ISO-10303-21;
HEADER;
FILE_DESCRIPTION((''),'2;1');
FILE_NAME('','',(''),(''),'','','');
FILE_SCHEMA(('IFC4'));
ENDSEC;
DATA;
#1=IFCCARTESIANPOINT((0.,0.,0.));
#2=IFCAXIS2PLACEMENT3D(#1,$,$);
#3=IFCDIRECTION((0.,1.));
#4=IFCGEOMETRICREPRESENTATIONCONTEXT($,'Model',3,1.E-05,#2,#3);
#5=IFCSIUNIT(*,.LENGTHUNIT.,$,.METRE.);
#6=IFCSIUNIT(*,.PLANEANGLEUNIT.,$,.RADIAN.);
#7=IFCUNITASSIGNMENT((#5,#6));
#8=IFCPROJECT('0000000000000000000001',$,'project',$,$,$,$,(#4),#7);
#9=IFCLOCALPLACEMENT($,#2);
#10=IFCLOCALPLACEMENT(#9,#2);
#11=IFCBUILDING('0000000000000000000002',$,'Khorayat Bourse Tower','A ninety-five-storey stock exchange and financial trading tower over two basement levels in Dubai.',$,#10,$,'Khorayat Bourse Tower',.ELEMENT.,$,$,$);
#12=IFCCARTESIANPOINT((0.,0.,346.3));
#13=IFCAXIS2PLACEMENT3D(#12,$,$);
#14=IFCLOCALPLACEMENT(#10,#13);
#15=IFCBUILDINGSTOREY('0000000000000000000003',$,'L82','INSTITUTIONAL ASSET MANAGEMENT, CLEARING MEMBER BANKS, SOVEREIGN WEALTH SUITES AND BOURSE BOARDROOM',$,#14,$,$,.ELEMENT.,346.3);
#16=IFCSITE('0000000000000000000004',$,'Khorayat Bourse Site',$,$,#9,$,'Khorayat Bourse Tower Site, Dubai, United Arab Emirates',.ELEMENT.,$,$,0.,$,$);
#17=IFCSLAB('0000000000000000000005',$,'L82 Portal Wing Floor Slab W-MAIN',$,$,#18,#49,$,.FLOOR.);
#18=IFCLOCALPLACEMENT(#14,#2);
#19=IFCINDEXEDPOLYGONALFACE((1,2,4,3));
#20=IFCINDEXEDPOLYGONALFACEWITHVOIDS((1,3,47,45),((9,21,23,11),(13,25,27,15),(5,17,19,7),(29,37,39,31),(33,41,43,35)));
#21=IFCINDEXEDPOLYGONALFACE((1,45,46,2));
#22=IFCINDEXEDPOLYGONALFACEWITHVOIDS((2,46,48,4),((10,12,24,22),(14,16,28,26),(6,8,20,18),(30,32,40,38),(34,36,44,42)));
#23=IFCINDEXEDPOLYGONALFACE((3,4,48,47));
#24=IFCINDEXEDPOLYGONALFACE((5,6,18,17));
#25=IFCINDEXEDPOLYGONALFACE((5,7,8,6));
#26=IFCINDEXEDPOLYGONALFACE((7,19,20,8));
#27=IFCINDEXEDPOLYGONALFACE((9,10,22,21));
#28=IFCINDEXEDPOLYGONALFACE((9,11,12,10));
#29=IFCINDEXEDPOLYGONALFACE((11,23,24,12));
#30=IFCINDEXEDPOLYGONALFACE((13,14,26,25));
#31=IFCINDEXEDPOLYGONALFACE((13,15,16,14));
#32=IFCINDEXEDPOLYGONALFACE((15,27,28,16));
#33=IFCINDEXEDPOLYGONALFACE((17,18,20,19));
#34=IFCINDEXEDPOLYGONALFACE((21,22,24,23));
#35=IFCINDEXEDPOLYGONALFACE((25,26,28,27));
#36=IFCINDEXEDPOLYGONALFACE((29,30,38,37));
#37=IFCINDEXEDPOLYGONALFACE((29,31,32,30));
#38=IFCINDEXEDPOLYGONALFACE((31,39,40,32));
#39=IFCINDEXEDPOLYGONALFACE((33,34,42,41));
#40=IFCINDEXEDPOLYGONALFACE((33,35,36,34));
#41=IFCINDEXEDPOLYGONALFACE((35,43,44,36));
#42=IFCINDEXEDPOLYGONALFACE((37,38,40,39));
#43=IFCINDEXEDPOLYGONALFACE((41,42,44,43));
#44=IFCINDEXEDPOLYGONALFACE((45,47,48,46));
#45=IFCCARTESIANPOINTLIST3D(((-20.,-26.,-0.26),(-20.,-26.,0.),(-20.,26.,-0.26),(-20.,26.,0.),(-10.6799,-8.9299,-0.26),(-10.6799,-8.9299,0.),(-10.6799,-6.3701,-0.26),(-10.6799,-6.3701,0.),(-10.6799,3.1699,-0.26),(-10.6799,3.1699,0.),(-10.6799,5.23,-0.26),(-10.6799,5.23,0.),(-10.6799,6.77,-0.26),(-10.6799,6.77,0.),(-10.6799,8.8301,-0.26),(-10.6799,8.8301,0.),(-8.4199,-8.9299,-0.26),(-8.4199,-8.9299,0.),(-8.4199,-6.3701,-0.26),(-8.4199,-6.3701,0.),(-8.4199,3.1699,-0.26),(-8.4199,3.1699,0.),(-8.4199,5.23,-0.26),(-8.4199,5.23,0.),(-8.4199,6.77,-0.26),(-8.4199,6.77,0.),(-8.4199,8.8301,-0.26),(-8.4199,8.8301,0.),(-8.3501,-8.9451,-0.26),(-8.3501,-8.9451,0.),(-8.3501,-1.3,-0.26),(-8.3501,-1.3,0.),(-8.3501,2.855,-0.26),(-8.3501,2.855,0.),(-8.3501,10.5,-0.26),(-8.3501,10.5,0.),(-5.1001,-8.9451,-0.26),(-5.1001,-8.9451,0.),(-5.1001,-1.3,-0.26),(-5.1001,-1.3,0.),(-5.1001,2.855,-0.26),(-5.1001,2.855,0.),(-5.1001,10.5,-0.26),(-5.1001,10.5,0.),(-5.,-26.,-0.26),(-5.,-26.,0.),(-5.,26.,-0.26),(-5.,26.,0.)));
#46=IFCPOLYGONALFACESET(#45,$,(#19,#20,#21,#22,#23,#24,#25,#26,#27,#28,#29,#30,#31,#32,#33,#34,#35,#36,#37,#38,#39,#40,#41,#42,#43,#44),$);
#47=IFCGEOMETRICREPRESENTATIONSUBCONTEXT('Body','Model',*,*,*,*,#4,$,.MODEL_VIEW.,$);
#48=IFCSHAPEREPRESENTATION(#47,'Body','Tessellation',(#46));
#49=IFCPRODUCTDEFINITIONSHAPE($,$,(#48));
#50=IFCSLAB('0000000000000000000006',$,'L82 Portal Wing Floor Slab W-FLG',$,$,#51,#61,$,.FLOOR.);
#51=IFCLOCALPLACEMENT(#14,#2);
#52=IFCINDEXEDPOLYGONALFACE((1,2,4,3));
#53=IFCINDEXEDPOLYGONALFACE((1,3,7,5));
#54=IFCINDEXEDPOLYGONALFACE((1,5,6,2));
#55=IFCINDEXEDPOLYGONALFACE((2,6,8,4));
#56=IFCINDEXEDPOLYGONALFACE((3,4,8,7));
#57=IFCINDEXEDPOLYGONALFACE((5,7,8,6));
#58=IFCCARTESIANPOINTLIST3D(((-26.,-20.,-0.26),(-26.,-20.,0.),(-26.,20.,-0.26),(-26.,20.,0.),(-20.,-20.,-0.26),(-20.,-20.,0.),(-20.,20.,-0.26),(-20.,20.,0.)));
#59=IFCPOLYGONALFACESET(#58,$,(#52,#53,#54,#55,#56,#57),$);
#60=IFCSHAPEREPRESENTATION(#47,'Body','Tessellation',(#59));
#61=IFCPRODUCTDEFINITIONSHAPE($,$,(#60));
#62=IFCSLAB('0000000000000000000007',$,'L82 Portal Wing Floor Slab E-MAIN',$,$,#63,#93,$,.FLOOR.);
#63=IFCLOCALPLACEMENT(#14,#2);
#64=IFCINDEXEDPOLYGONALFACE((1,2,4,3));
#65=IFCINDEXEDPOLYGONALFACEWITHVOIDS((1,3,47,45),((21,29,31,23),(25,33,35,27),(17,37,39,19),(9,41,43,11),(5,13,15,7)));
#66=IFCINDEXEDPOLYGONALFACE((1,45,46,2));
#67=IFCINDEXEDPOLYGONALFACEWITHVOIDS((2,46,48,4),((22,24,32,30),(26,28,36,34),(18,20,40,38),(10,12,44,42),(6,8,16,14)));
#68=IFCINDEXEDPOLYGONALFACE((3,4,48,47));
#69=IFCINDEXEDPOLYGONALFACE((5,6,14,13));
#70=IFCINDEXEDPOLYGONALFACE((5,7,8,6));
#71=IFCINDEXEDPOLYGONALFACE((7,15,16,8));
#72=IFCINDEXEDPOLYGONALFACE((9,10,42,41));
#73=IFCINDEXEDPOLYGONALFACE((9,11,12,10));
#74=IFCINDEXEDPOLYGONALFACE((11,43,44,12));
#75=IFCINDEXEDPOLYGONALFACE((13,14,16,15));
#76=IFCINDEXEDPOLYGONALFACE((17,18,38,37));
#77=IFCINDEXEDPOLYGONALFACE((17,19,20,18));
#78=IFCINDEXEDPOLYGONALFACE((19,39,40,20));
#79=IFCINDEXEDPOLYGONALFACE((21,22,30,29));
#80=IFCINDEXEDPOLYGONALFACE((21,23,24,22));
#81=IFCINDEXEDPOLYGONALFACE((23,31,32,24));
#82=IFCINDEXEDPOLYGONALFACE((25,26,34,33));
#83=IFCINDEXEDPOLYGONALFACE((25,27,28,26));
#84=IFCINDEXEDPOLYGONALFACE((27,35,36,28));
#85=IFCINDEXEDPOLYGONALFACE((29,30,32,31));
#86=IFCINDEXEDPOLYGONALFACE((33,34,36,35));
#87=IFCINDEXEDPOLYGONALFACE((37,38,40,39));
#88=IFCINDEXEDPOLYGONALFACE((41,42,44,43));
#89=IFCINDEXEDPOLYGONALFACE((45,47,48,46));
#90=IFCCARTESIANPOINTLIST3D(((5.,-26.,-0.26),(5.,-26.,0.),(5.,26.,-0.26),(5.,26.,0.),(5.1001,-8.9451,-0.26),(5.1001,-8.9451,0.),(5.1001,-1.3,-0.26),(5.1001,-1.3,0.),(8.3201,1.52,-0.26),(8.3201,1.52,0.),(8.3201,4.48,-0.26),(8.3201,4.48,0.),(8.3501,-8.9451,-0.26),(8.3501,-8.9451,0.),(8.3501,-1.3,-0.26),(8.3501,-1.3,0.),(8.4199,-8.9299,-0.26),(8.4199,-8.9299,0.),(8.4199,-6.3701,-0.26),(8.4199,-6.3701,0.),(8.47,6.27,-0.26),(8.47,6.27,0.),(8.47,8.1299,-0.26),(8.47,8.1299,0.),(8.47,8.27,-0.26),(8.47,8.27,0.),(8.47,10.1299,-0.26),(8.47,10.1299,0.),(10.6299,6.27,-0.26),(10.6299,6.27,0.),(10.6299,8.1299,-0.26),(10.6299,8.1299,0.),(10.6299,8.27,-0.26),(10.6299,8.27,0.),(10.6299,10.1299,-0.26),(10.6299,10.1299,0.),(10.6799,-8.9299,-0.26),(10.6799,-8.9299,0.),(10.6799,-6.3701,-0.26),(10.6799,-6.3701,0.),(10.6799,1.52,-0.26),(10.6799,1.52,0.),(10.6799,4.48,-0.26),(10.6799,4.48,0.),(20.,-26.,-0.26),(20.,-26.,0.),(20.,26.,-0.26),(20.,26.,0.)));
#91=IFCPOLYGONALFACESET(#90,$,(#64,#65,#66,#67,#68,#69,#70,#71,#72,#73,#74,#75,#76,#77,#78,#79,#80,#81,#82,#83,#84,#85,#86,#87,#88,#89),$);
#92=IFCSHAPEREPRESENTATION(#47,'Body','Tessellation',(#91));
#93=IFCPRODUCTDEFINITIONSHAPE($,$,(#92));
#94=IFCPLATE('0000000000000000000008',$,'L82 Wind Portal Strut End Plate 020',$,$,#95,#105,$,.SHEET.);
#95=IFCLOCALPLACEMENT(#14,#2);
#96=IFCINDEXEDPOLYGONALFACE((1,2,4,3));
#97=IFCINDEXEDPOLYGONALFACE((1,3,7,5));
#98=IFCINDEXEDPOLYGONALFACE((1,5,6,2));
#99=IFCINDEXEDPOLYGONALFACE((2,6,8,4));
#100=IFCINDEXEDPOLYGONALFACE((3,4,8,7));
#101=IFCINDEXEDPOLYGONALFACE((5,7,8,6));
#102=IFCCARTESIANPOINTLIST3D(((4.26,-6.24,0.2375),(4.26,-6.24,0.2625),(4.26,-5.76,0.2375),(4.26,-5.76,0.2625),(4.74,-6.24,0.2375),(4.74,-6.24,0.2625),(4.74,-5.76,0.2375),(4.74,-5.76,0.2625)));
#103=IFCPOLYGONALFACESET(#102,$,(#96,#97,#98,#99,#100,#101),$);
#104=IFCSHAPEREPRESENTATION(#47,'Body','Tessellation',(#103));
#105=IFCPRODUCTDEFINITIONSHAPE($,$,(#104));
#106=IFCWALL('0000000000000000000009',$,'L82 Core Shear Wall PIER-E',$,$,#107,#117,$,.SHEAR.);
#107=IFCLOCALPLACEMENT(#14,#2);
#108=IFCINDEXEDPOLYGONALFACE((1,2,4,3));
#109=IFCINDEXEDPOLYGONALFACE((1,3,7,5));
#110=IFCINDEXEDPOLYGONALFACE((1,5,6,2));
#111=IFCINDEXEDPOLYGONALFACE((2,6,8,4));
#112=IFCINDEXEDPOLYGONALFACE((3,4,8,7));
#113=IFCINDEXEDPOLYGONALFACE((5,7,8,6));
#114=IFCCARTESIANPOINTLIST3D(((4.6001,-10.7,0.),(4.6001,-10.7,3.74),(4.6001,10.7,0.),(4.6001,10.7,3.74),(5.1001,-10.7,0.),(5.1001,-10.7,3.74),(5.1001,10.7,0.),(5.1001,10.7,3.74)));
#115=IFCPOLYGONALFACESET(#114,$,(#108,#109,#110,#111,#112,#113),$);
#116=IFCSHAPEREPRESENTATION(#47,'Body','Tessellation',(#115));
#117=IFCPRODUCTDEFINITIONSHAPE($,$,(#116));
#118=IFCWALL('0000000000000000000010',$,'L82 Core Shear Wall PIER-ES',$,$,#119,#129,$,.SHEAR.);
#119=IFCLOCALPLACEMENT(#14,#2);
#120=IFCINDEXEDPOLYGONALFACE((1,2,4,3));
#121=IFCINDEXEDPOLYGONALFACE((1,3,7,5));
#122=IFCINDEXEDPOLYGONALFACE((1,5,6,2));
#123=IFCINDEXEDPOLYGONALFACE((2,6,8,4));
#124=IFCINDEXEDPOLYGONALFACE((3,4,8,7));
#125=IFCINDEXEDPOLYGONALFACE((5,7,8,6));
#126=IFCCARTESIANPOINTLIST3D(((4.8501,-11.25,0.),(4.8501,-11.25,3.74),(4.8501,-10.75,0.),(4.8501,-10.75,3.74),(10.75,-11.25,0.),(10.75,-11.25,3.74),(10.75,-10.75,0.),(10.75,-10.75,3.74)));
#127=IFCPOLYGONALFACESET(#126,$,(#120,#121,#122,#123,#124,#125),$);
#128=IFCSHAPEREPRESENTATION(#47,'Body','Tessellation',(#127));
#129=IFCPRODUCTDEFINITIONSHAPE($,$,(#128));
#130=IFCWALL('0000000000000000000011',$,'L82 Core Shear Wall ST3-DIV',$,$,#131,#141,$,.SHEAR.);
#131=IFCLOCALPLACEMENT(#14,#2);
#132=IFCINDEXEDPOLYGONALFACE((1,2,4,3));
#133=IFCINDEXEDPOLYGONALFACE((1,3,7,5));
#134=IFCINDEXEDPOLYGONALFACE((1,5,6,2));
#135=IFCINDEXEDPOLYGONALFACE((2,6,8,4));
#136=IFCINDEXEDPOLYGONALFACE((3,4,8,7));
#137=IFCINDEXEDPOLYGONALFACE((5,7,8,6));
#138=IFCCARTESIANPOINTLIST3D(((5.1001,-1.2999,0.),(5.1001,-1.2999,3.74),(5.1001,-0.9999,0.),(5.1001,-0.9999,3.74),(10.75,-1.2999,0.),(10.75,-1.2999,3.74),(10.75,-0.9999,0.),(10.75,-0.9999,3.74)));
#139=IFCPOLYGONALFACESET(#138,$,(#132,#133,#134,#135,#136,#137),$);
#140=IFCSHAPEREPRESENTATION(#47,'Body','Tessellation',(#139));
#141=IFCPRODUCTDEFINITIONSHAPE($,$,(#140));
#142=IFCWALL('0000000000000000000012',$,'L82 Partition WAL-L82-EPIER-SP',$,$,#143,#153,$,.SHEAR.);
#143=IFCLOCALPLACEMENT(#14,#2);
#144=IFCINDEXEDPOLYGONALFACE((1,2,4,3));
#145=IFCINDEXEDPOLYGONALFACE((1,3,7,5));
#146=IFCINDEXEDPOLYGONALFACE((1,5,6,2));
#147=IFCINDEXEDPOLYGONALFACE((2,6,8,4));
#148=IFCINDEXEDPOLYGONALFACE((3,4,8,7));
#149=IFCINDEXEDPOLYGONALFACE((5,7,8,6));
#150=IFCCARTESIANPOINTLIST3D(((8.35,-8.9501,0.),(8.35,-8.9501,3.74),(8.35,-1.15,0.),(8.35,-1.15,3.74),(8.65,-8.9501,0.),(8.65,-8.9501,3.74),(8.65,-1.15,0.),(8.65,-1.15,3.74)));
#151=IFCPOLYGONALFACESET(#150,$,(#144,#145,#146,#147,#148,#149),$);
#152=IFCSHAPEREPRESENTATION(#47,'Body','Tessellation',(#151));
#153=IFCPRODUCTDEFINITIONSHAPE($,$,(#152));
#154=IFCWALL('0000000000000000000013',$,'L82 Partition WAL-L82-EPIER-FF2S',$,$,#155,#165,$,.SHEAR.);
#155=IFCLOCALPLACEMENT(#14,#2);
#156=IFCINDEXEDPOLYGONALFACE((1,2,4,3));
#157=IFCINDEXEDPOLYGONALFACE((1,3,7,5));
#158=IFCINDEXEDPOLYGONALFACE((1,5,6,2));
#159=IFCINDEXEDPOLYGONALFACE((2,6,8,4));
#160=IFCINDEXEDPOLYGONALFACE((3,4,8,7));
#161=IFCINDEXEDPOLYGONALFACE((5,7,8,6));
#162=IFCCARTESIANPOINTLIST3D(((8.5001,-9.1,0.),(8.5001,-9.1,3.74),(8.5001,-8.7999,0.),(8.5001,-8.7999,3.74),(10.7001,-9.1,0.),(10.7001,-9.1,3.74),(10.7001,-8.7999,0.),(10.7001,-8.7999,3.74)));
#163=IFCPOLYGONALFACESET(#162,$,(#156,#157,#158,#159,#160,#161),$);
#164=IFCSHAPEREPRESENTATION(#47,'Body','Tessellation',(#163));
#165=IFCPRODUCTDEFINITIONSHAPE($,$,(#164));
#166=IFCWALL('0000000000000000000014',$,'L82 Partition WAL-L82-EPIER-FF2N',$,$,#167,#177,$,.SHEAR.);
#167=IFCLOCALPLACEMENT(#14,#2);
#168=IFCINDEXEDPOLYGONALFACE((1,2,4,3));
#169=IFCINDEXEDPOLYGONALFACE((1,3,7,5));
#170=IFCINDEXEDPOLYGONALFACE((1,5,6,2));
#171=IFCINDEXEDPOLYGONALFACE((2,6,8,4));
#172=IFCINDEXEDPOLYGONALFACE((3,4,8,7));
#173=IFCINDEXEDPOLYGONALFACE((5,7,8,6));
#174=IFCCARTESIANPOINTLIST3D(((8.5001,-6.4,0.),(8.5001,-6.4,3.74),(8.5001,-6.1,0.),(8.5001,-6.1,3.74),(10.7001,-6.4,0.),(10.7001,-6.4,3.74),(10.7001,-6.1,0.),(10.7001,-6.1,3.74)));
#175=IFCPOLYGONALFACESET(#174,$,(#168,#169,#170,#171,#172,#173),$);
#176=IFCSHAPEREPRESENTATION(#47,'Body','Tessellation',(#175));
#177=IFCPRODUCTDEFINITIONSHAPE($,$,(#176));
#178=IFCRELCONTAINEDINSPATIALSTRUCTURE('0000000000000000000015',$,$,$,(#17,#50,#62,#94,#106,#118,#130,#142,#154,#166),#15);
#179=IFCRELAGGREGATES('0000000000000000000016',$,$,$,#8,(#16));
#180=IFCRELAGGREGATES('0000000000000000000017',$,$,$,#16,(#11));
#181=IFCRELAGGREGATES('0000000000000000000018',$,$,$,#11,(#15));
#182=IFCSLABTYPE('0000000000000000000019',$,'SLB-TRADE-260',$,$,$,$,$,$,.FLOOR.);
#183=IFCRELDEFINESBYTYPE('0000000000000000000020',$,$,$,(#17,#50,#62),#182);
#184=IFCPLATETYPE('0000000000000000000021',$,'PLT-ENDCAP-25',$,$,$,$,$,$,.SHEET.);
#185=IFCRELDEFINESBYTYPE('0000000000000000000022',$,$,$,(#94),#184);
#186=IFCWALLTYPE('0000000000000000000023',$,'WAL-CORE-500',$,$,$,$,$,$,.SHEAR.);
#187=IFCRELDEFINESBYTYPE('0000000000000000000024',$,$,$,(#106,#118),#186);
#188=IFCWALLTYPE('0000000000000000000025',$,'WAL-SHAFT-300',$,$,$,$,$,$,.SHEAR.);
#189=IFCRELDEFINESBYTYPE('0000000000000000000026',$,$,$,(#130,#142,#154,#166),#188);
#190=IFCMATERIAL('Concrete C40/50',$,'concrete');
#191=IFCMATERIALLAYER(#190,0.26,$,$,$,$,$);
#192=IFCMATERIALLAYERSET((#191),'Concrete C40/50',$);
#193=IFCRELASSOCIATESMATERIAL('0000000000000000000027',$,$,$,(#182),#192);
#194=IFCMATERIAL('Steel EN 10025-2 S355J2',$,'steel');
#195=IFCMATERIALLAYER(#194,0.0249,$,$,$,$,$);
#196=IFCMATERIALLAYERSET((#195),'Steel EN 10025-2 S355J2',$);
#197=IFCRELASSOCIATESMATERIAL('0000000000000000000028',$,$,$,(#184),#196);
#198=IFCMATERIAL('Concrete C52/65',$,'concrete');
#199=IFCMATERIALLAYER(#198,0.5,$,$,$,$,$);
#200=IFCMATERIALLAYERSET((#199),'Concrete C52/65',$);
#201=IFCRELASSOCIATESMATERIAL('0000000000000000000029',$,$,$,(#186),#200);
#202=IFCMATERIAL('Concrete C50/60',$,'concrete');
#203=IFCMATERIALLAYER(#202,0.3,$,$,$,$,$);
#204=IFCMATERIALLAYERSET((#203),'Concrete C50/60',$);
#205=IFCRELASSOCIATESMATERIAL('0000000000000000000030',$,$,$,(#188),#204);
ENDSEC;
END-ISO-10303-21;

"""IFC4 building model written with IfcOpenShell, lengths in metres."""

from ifc_helpers import new_model, si_unit, direction, frame, frame_2d, origin, origin_2d, place, context, subcontext, project, spatial, polyline, rectangle, outline, extrude, source, transform, mapped, material, layer, layer_set, type_object, element, save


model = new_model("IFC4")

# Units and contexts
model_context = context("Model", 3, precision=1e-05, world=origin(), true_north=direction((0.0, 1.0)))
body_context = subcontext(model_context, "Body", "Model", "MODEL_VIEW")
ifc_project = project(units=[si_unit("LENGTHUNIT", "METRE"), si_unit("PLANEANGLEUNIT", "RADIAN")], contexts=[model_context])

# Site, building, storey
site_placement = place(None, origin())
site = spatial("IfcSite", under=ifc_project, at=site_placement, Name="Khorayat Bourse Site", LongName="Khorayat Bourse Tower Site, Dubai, United Arab Emirates", CompositionType="ELEMENT", RefElevation=0.0)
building_placement = place(site_placement, origin())
building = spatial("IfcBuilding", under=site, at=building_placement, Name="Khorayat Bourse Tower", Description="A ninety-five-storey stock exchange and financial trading tower over two basement levels in Dubai.", LongName="Khorayat Bourse Tower", CompositionType="ELEMENT")
storey_placement = place(building_placement, frame((0.0, 0.0, 346.3)))
storey = spatial("IfcBuildingStorey", under=building, at=storey_placement, Name="L82", Description="INSTITUTIONAL ASSET MANAGEMENT, CLEARING MEMBER BANKS, SOVEREIGN WEALTH SUITES AND BOURSE BOARDROOM", CompositionType="ELEMENT", Elevation=346.3)

# Shared definitions
ifc_material_1 = material(Name="Concrete C52/65", Category="concrete")

# Shared definitions
ifc_material_2 = material(Name="Steel EN 10025-2 S355J2", Category="steel")

# Slabs
ifc_material_3 = material(Name="Concrete C40/50", Category="concrete")
ifc_layer_1 = layer(ifc_material_3, 0.26)
ifc_layer_set_1 = layer_set([ifc_layer_1], Name="Concrete C40/50")
slab_type = type_object("IfcSlabType", Name="SLB-TRADE-260", PredefinedType="FLOOR", material=ifc_layer_set_1)
slab_1_placement = place(storey_placement, frame((0.0, 0.0, -0.26)))
element("IfcSlab", 1, at=slab_1_placement, inside=storey, type_object=slab_type, Name="L82 Portal Wing Floor Slab W-MAIN", PredefinedType="FLOOR", context=body_context, shape_type="SweptSolid", body=[
    extrude(outline(polyline([(-20.0, -26.0), (-5.0, -26.0), (-5.0, 26.0), (-20.0, 26.0), (-20.0, -26.0)]), holes=[polyline([(-8.3501, -8.9451), (-5.1001, -8.9451), (-5.1001, -1.3), (-8.3501, -1.3), (-8.3501, -8.9451)]), polyline([(-8.3501, 2.855), (-5.1001, 2.855), (-5.1001, 10.5), (-8.3501, 10.5), (-8.3501, 2.855)]), polyline([(-10.6799, 3.1699), (-8.4199, 3.1699), (-8.4199, 5.23), (-10.6799, 5.23), (-10.6799, 3.1699)]), polyline([(-10.6799, 6.77), (-8.4199, 6.77), (-8.4199, 8.8301), (-10.6799, 8.8301), (-10.6799, 6.77)]), polyline([(-10.6799, -8.9299), (-8.4199, -8.9299), (-8.4199, -6.3701), (-10.6799, -6.3701), (-10.6799, -8.9299)])]), origin(), (0.0, 0.0, 1.0), 0.26),
])
slab_2_placement = place(storey_placement, frame((0.0, 0.0, -0.26)))
element("IfcSlab", 2, at=slab_2_placement, inside=storey, type_object=slab_type, Name="L82 Portal Wing Floor Slab W-FLG", PredefinedType="FLOOR", context=body_context, shape_type="SweptSolid", body=[
    extrude(outline(polyline([(-26.0, -20.0), (-20.0, -20.0), (-20.0, 20.0), (-26.0, 20.0), (-26.0, -20.0)])), origin(), (0.0, 0.0, 1.0), 0.26),
])
slab_3_placement = place(storey_placement, frame((0.0, 0.0, -0.26)))
element("IfcSlab", 3, at=slab_3_placement, inside=storey, type_object=slab_type, Name="L82 Portal Wing Floor Slab E-MAIN", PredefinedType="FLOOR", context=body_context, shape_type="SweptSolid", body=[
    extrude(outline(polyline([(5.0, -26.0), (20.0, -26.0), (20.0, 26.0), (5.0, 26.0), (5.0, -26.0)]), holes=[polyline([(5.1001, -8.9451), (8.3501, -8.9451), (8.3501, -1.3), (5.1001, -1.3), (5.1001, -8.9451)]), polyline([(8.47, 6.27), (10.6299, 6.27), (10.6299, 8.1299), (8.47, 8.1299), (8.47, 6.27)]), polyline([(8.47, 8.27), (10.6299, 8.27), (10.6299, 10.1299), (8.47, 10.1299), (8.47, 8.27)]), polyline([(8.4199, -8.9299), (10.6799, -8.9299), (10.6799, -6.3701), (8.4199, -6.3701), (8.4199, -8.9299)]), polyline([(8.3201, 1.52), (10.6799, 1.52), (10.6799, 4.48), (8.3201, 4.48), (8.3201, 1.52)])]), origin(), (0.0, 0.0, 1.0), 0.26),
])

# Plate
ifc_layer_2 = layer(ifc_material_2, 0.0249)
ifc_layer_set_2 = layer_set([ifc_layer_2], Name="Steel EN 10025-2 S355J2")
plate_type = type_object("IfcPlateType", Name="PLT-ENDCAP-25", PredefinedType="SHEET", material=ifc_layer_set_2)
shared_shape_1 = source(origin(), body_context, "Body", "SweptSolid", [
    extrude(rectangle(XDim=0.48, YDim=0.48, at=origin_2d()), origin(), (0.0, 0.0, 1.0), 0.0249),
])
plate_placement = place(storey_placement, frame((4.5, -6.0, 0.2375), z_axis=(0.0, 0.0, 1.0), x_axis=(1.0, 0.0, 0.0)))
element("IfcPlate", 4, at=plate_placement, inside=storey, type_object=plate_type, Name="L82 Wind Portal Strut End Plate 020", PredefinedType="SHEET", context=body_context, shape_type="MappedRepresentation", body=[
    mapped(shared_shape_1, transform((0.0, 0.0, 0.0), scale=1.0)),
])

# Walls
ifc_layer_3 = layer(ifc_material_1, 0.5)
ifc_layer_set_3 = layer_set([ifc_layer_3], Name="Concrete C52/65")
wall_type_1 = type_object("IfcWallType", Name="WAL-CORE-500", PredefinedType="SHEAR", material=ifc_layer_set_3)
shared_shape_2 = source(origin(), body_context, "Body", "SweptSolid", [
    extrude(rectangle(XDim=21.3999, YDim=0.5, at=frame_2d((10.7, 0.0))), origin(), (0.0, 0.0, 1.0), 3.74),
])
wall_1_placement = place(storey_placement, frame((4.8501, -10.7, 0.0), z_axis=(0.0, 0.0, 1.0), x_axis=(0.0, 1.0, 0.0)))
element("IfcWall", 5, at=wall_1_placement, inside=storey, type_object=wall_type_1, Name="L82 Core Shear Wall PIER-E", PredefinedType="SHEAR", context=body_context, shape_type="MappedRepresentation", body=[
    mapped(shared_shape_2, transform((0.0, 0.0, 0.0), scale=1.0)),
])
shared_shape_3 = source(origin(), body_context, "Body", "SweptSolid", [
    extrude(rectangle(XDim=5.8999, YDim=0.5, at=frame_2d((2.95, 0.0))), origin(), (0.0, 0.0, 1.0), 3.74),
])
wall_2_placement = place(storey_placement, frame((4.8501, -11.0, 0.0), z_axis=(0.0, 0.0, 1.0), x_axis=(1.0, 0.0, 0.0)))
element("IfcWall", 6, at=wall_2_placement, inside=storey, type_object=wall_type_1, Name="L82 Core Shear Wall PIER-ES", PredefinedType="SHEAR", context=body_context, shape_type="MappedRepresentation", body=[
    mapped(shared_shape_3, transform((0.0, 0.0, 0.0), scale=1.0)),
])
ifc_material_4 = material(Name="Concrete C50/60", Category="concrete")
ifc_layer_4 = layer(ifc_material_4, 0.3)
ifc_layer_set_4 = layer_set([ifc_layer_4], Name="Concrete C50/60")
wall_type_2 = type_object("IfcWallType", Name="WAL-SHAFT-300", PredefinedType="SHEAR", material=ifc_layer_set_4)
shared_shape_4 = source(origin(), body_context, "Body", "SweptSolid", [
    extrude(rectangle(XDim=5.6499, YDim=0.3, at=frame_2d((2.825, 0.0))), origin(), (0.0, 0.0, 1.0), 3.74),
])
wall_3_placement = place(storey_placement, frame((5.1001, -1.1499, 0.0), z_axis=(0.0, 0.0, 1.0), x_axis=(1.0, 0.0, 0.0)))
element("IfcWall", 7, at=wall_3_placement, inside=storey, type_object=wall_type_2, Name="L82 Core Shear Wall ST3-DIV", PredefinedType="SHEAR", context=body_context, shape_type="MappedRepresentation", body=[
    mapped(shared_shape_4, transform((0.0, 0.0, 0.0), scale=1.0)),
])
shared_shape_5 = source(origin(), body_context, "Body", "SweptSolid", [
    extrude(rectangle(XDim=7.8, YDim=0.3, at=frame_2d((3.8999, 0.0))), origin(), (0.0, 0.0, 1.0), 3.74),
])
wall_4_placement = place(storey_placement, frame((8.5, -8.95, 0.0), z_axis=(0.0, 0.0, 1.0), x_axis=(0.0, 1.0, 0.0)))
element("IfcWall", 8, at=wall_4_placement, inside=storey, type_object=wall_type_2, Name="L82 Partition WAL-L82-EPIER-SP", PredefinedType="SHEAR", context=body_context, shape_type="MappedRepresentation", body=[
    mapped(shared_shape_5, transform((0.0, 0.0, 0.0), scale=1.0)),
])
shared_shape_6 = source(origin(), body_context, "Body", "SweptSolid", [
    extrude(rectangle(XDim=2.2, YDim=0.3, at=frame_2d((1.1001, 0.0))), origin(), (0.0, 0.0, 1.0), 3.74),
])
for number, where, z_axis, x_axis, name in (
    (9, (8.5, -8.95, 0.0), (0.0, 0.0, 1.0), (1.0, 0.0, 0.0), "L82 Partition WAL-L82-EPIER-FF2S"),
    (10, (8.5, -6.25, 0.0), (0.0, 0.0, 1.0), (1.0, 0.0, 0.0), "L82 Partition WAL-L82-EPIER-FF2N"),
):
    element("IfcWall", number, at=place(storey_placement, frame(where, z_axis=z_axis, x_axis=x_axis)), inside=storey, type_object=wall_type_2, Name=name, PredefinedType="SHEAR", context=body_context, shape_type="MappedRepresentation", body=[
        mapped(shared_shape_6, transform((0.0, 0.0, 0.0), scale=1.0)),
    ])

save(model, "model.ifc")
